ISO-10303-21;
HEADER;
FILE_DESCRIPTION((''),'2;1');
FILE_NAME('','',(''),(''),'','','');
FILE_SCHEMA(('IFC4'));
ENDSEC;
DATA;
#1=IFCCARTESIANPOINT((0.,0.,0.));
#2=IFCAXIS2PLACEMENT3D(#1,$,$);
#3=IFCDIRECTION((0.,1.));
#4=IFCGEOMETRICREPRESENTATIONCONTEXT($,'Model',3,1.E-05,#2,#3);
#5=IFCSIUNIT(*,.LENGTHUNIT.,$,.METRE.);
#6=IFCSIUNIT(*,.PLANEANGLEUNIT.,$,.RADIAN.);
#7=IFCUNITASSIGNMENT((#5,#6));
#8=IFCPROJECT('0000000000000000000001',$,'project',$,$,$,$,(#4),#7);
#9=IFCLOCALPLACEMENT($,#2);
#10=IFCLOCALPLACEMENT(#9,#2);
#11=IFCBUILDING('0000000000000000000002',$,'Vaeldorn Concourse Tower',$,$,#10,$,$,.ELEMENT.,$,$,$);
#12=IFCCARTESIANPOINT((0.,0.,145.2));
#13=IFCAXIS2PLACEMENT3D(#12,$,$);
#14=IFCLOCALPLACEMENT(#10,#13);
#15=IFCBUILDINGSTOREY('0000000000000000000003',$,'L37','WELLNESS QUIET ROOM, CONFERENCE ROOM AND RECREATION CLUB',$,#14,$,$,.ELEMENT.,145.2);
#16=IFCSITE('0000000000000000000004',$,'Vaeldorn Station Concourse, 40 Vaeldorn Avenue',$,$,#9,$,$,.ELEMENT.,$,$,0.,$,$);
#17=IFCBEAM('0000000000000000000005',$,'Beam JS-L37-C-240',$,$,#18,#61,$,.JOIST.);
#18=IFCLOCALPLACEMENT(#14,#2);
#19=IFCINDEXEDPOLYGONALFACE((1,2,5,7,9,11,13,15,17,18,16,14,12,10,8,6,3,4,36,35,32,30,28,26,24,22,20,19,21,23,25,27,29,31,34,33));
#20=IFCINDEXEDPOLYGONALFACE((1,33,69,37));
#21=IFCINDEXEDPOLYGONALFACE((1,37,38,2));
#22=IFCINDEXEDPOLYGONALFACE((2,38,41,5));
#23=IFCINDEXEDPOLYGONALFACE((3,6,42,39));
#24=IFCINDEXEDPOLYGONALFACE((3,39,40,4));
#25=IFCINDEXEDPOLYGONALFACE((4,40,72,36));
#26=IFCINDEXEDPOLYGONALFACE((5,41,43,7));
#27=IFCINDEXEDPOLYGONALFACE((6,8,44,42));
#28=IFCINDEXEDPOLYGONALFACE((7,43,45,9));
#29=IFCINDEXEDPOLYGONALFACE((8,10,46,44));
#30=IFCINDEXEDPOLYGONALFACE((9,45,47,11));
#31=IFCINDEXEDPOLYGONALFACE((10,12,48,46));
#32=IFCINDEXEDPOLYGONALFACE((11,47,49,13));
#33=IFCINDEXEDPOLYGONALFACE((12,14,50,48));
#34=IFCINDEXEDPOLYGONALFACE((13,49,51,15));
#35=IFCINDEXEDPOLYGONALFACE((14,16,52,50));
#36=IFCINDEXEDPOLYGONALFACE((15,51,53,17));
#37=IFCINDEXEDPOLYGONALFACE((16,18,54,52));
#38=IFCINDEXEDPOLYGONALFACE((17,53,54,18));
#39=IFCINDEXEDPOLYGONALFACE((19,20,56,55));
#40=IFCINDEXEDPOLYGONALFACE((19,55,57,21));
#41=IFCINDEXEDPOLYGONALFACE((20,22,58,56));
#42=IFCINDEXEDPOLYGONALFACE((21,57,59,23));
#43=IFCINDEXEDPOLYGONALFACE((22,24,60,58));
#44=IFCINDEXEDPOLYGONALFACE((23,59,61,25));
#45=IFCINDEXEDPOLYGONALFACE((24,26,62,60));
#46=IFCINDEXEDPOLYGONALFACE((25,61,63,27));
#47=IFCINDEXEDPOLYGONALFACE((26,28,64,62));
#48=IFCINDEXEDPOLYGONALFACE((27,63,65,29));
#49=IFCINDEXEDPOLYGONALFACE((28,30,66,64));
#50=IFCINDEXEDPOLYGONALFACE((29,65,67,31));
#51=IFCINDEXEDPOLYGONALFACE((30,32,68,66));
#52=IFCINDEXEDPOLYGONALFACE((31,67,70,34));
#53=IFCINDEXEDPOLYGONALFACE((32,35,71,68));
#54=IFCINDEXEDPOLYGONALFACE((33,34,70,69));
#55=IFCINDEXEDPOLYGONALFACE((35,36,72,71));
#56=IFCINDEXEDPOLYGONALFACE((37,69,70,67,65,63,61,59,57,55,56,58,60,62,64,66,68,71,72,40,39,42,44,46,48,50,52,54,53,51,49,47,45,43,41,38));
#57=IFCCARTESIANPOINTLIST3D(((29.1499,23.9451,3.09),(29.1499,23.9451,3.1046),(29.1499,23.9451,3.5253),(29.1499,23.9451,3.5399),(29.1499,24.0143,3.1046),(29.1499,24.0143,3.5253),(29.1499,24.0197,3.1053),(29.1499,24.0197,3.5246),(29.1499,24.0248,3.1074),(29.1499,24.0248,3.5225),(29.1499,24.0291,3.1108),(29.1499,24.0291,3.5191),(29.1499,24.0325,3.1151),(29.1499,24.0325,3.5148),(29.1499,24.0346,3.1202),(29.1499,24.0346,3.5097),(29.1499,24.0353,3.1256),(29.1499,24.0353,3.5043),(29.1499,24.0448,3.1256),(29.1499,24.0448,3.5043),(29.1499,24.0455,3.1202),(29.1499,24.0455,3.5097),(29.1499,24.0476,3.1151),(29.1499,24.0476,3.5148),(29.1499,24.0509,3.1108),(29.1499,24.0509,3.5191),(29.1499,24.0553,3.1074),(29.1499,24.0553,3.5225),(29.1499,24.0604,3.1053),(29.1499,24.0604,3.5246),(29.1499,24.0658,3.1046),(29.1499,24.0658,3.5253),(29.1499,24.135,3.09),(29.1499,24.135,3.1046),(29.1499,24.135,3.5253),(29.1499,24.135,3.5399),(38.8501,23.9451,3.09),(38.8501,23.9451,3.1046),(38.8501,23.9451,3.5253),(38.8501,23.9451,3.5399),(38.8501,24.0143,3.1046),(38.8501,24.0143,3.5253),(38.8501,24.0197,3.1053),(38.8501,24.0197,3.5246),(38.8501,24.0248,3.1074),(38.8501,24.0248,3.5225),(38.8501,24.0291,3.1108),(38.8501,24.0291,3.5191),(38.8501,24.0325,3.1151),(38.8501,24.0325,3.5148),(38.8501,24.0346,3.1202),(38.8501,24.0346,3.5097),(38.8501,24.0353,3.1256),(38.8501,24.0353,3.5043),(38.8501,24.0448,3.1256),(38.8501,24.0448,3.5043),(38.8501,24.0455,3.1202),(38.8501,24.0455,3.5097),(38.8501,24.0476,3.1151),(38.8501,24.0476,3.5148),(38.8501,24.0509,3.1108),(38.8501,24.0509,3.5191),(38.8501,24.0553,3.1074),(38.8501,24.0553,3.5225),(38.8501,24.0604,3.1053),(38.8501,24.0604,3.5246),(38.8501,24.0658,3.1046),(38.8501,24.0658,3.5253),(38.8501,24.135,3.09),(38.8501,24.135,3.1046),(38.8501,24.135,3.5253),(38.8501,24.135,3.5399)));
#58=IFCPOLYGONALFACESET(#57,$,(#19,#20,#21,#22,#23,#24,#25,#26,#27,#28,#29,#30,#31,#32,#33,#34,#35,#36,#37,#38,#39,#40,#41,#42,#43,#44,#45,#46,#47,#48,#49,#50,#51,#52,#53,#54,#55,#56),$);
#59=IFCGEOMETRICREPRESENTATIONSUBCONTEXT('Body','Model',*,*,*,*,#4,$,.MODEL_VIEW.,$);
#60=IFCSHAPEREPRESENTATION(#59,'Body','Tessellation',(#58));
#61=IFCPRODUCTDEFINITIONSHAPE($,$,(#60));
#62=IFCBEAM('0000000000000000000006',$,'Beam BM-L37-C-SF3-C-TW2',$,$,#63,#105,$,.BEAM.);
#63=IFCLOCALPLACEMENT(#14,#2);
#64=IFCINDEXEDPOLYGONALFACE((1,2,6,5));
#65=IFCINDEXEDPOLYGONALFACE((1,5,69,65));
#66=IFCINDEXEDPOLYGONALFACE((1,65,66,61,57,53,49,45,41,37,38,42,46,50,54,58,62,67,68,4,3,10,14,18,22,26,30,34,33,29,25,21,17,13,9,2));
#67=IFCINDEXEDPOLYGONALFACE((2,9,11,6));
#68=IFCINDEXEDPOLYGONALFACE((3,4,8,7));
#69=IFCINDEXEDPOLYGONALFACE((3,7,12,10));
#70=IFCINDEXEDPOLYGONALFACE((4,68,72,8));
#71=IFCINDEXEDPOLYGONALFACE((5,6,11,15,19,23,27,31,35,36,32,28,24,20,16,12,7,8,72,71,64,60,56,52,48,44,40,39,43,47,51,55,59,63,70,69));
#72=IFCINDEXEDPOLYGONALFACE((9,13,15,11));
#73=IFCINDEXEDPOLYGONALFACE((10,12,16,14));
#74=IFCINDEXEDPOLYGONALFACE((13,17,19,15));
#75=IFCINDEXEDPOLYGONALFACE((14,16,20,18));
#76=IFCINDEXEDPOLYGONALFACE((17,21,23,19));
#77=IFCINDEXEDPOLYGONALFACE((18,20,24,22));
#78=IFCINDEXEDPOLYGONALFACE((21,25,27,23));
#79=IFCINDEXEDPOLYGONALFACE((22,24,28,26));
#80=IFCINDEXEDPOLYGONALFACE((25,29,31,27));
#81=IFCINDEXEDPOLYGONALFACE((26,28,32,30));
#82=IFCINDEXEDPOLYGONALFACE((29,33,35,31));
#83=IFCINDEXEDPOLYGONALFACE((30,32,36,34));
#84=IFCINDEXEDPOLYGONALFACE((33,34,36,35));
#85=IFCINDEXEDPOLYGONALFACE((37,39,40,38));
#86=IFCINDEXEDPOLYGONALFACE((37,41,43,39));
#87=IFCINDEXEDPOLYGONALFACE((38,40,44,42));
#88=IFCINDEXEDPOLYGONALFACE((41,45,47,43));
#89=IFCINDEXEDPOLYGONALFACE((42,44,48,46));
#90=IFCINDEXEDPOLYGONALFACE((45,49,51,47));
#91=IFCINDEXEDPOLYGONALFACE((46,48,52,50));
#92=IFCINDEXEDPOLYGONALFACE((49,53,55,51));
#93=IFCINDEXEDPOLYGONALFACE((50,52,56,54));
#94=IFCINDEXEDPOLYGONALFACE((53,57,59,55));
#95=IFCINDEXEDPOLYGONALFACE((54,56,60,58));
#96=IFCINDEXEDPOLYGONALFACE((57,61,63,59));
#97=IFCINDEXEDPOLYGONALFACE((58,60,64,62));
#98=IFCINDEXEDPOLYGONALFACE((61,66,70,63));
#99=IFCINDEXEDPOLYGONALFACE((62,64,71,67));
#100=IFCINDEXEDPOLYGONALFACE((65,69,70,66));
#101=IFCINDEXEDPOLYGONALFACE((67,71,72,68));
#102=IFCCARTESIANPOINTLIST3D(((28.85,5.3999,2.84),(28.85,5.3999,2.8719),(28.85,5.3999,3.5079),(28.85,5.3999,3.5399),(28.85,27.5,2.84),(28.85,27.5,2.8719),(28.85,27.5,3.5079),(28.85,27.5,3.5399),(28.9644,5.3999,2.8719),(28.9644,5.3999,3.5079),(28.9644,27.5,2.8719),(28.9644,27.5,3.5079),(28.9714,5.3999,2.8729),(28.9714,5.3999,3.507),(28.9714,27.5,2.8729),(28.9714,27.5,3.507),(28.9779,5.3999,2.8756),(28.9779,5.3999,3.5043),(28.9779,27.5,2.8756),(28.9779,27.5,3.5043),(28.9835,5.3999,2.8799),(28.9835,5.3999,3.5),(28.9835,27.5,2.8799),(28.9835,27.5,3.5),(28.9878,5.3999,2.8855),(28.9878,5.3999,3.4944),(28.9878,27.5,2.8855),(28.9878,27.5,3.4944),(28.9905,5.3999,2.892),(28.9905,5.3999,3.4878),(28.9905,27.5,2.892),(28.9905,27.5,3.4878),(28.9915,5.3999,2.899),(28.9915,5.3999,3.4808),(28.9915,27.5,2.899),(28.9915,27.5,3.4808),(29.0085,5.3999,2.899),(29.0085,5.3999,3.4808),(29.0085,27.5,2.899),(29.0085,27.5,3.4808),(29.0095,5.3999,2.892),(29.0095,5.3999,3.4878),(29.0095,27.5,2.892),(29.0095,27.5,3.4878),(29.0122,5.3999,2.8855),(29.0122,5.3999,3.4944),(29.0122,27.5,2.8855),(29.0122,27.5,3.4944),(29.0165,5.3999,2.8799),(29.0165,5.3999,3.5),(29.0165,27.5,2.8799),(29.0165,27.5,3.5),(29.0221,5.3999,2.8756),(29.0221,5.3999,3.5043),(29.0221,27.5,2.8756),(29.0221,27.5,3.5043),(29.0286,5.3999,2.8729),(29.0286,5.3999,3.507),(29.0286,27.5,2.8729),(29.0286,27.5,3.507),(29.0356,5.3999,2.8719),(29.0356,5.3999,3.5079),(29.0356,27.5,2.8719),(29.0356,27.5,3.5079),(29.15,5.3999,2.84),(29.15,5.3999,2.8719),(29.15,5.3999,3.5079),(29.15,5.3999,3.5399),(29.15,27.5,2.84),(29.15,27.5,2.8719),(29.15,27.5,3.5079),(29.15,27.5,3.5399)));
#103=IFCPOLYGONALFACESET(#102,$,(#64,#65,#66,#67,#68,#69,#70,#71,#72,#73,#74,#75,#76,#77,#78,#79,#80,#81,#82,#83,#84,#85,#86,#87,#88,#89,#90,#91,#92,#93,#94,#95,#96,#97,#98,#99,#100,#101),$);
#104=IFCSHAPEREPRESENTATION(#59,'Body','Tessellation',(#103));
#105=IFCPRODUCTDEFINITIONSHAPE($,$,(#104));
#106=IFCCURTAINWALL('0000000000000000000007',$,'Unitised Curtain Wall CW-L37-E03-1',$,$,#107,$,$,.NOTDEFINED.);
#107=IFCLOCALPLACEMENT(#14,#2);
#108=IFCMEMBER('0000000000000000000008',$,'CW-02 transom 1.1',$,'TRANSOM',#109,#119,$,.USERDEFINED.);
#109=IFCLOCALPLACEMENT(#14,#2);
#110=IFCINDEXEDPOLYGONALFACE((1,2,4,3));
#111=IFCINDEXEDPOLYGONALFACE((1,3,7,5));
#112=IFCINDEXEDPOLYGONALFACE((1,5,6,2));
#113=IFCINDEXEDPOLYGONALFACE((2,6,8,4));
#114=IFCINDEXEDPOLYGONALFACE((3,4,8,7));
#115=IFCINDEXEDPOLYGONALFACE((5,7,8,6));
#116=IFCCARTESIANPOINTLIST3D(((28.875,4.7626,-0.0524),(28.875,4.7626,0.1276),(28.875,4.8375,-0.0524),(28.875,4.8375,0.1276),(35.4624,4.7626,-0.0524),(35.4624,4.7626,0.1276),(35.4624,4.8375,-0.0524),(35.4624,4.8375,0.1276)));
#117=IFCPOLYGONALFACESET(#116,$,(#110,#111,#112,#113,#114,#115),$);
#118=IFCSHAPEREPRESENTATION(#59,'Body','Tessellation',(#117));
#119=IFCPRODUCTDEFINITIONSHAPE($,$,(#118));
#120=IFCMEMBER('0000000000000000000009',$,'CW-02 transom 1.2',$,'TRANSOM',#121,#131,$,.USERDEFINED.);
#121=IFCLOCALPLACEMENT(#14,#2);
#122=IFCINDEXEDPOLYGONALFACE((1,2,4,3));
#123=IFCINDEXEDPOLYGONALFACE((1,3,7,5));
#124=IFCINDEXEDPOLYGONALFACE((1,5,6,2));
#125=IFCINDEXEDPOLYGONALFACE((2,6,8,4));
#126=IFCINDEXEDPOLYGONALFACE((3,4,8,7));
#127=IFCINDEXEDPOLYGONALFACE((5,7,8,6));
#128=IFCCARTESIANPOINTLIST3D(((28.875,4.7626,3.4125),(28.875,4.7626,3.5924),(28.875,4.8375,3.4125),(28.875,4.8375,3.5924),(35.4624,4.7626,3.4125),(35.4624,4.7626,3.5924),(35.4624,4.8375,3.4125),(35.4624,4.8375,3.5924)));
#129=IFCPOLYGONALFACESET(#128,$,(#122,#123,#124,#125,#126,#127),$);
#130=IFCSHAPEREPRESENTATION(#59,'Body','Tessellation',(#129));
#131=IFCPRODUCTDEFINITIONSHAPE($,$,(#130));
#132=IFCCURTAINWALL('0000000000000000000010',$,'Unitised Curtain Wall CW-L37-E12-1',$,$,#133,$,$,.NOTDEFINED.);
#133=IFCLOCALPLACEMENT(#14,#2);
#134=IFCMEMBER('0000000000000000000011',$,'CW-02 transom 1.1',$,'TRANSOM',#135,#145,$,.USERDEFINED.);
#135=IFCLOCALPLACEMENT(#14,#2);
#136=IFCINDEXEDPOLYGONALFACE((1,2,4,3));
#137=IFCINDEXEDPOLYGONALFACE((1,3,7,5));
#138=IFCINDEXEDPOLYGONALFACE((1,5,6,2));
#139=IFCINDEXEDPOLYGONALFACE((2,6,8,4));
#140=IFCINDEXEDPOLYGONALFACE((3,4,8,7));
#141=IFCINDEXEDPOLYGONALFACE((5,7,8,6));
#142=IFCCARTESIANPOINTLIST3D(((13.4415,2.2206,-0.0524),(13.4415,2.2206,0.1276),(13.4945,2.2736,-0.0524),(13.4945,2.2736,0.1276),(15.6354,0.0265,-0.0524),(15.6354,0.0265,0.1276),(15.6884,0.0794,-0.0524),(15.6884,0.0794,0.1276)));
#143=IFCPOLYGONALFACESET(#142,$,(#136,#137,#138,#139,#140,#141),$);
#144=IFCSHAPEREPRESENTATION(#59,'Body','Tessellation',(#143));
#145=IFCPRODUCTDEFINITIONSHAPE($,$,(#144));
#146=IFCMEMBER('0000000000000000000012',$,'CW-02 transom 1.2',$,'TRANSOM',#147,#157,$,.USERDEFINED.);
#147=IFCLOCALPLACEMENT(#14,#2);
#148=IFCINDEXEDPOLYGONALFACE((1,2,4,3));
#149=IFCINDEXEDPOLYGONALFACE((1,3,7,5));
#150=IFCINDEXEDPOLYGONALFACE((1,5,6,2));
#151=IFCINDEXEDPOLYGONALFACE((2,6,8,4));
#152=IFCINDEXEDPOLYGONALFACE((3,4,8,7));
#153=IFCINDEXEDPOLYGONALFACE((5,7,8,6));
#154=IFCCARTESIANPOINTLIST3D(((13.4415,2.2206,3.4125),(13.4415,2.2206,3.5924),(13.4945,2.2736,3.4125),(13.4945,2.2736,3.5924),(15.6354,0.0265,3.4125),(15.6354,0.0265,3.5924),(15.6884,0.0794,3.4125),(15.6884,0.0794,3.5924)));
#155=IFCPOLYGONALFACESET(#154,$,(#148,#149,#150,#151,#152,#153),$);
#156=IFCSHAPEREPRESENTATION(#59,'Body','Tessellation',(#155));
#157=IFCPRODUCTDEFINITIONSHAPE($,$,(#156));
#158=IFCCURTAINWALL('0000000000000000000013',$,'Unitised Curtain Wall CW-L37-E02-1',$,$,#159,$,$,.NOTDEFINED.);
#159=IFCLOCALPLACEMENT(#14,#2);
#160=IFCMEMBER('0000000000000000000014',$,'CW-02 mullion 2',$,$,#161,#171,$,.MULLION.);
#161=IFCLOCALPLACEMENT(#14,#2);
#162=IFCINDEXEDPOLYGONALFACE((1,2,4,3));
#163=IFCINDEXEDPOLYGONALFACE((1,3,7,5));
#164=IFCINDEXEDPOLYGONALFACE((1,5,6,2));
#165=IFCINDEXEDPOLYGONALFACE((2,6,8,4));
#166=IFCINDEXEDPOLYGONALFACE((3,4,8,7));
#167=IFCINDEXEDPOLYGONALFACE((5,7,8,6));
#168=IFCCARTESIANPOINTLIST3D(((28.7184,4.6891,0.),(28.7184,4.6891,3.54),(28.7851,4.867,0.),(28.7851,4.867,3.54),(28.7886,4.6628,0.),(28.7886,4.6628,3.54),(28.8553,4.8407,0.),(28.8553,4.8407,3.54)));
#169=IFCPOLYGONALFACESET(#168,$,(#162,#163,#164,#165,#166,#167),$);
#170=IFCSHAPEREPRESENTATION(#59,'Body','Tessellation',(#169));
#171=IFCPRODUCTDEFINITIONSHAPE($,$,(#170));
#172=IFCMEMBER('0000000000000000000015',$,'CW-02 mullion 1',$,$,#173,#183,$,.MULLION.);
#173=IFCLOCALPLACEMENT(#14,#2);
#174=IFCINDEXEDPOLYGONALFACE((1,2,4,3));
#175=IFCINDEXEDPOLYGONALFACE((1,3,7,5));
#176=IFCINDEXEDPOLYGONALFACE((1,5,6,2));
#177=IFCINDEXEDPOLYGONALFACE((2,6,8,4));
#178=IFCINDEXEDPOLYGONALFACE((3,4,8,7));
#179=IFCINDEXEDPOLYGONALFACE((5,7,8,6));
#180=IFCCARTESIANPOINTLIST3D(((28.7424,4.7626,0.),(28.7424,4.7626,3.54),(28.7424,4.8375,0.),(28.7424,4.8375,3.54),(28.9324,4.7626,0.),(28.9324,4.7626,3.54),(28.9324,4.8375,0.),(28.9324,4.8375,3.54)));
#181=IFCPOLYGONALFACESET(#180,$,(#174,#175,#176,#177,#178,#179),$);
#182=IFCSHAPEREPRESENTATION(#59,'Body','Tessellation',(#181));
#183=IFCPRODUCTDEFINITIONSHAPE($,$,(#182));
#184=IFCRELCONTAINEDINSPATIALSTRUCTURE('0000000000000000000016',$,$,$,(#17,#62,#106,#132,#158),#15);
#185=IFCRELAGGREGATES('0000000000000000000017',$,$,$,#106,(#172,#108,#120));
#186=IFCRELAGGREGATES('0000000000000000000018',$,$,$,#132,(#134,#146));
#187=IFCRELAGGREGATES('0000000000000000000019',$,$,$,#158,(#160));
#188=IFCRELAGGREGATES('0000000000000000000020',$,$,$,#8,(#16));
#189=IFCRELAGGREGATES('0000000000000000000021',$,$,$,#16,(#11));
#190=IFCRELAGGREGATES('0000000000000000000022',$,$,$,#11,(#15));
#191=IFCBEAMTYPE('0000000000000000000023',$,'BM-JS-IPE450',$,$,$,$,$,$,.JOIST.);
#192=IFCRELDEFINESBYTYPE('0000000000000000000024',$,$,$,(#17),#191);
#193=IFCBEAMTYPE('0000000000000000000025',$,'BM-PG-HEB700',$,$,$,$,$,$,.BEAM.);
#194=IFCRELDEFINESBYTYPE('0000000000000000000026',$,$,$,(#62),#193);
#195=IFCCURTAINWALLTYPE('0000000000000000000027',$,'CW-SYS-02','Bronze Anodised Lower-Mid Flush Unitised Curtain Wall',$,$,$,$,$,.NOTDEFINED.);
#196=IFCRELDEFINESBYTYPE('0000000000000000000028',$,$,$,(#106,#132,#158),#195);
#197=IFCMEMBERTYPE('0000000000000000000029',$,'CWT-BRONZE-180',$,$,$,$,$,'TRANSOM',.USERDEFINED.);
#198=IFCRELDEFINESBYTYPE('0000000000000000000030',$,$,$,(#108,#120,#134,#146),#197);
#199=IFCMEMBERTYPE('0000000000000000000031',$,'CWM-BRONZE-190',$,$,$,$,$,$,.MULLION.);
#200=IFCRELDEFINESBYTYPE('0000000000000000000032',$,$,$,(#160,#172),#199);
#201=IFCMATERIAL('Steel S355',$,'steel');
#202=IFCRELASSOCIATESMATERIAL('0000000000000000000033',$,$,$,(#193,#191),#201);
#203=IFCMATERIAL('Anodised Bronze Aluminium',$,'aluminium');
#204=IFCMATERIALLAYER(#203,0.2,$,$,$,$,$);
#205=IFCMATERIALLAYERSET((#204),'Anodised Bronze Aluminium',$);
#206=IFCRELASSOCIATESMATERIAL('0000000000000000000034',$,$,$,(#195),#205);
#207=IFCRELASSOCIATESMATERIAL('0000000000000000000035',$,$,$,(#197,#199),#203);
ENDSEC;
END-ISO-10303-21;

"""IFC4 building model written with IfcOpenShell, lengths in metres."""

from ifc_helpers import new_model, si_unit, direction, frame, origin, origin_2d, place, context, subcontext, project, spatial, rectangle, i_section, extrude, source, transform, mapped, material, layer, layer_set, material_profile, profile_set, type_object, element, aggregate, save


model = new_model("IFC4")

# Units and contexts
model_context = context("Model", 3, precision=1e-05, world=origin(), true_north=direction((0.0, 1.0)))
body_context = subcontext(model_context, "Body", "Model", "MODEL_VIEW")
ifc_project = project(units=[si_unit("LENGTHUNIT", "METRE"), si_unit("PLANEANGLEUNIT", "RADIAN")], contexts=[model_context])

# Site, building, storey
site_placement = place(None, origin())
site = spatial("IfcSite", under=ifc_project, at=site_placement, Name="Vaeldorn Station Concourse, 40 Vaeldorn Avenue", CompositionType="ELEMENT", RefElevation=0.0)
building_placement = place(site_placement, origin())
building = spatial("IfcBuilding", under=site, at=building_placement, Name="Vaeldorn Concourse Tower", CompositionType="ELEMENT")
storey_placement = place(building_placement, frame((0.0, 0.0, 145.2)))
storey = spatial("IfcBuildingStorey", under=building, at=storey_placement, Name="L37", Description="WELLNESS QUIET ROOM, CONFERENCE ROOM AND RECREATION CLUB", CompositionType="ELEMENT", Elevation=145.2)

# Beams
ifc_material_1 = material(Name="Steel S355", Category="steel")
ifc_material_profile_1 = material_profile(ifc_material_1, i_section(OverallWidth=0.3, OverallDepth=0.7, WebThickness=0.0171, FlangeThickness=0.032, FilletRadius=0.0271, at=origin_2d()), Name="HEB 700")
ifc_profile_set_1 = profile_set([ifc_material_profile_1], Name="Steel S355")
beam_type_1 = type_object("IfcBeamType", Name="BM-PG-HEB700", PredefinedType="BEAM", material=ifc_profile_set_1)
ifc_material_profile_2 = material_profile(ifc_material_1, i_section(OverallWidth=0.1899, OverallDepth=0.45, WebThickness=0.0095, FlangeThickness=0.0146, FilletRadius=0.021, at=origin_2d()), Name="IPE 450")
ifc_profile_set_2 = profile_set([ifc_material_profile_2], Name="Steel S355")
beam_type_2 = type_object("IfcBeamType", Name="BM-JS-IPE450", PredefinedType="JOIST", material=ifc_profile_set_2)
shared_shape_1 = source(origin(), body_context, "Body", "SweptSolid", [
    extrude(i_section(OverallWidth=0.1899, OverallDepth=0.45, WebThickness=0.0095, FlangeThickness=0.0146, FilletRadius=0.021, at=origin_2d()), origin(), (0.0, 0.0, 1.0), 9.7002),
])
for number, where, z_axis, x_axis, name in (
    (1, (29.1499, 24.04, 3.3149), (1.0, 0.0, 0.0), (0.0, 1.0, 0.0), "Beam JS-L37-C-240"),
):
    element("IfcBeam", number, at=place(storey_placement, frame(where, z_axis=z_axis, x_axis=x_axis)), inside=storey, type_object=beam_type_2, Name=name, PredefinedType="JOIST", context=body_context, shape_type="MappedRepresentation", body=[
        mapped(shared_shape_1, transform((0.0, 0.0, 0.0), scale=1.0)),
    ])
shared_shape_2 = source(origin(), body_context, "Body", "SweptSolid", [
    extrude(i_section(OverallWidth=0.3, OverallDepth=0.7, WebThickness=0.0171, FlangeThickness=0.032, FilletRadius=0.0271, at=origin_2d()), origin(), (0.0, 0.0, 1.0), 22.1001),
])
beam_1_placement = place(storey_placement, frame((29.0, 5.3999, 3.1899), z_axis=(0.0, 1.0, 0.0), x_axis=(-1.0, 0.0, 0.0)))
element("IfcBeam", 2, at=beam_1_placement, inside=storey, type_object=beam_type_1, Name="Beam BM-L37-C-SF3-C-TW2", PredefinedType="BEAM", context=body_context, shape_type="MappedRepresentation", body=[
    mapped(shared_shape_2, transform((0.0, 0.0, 0.0), scale=1.0)),
])

# Curtain walls, members
ifc_material_2 = material(Name="Anodised Bronze Aluminium", Category="aluminium")
ifc_layer_1 = layer(ifc_material_2, 0.2)
ifc_layer_set_1 = layer_set([ifc_layer_1], Name="Anodised Bronze Aluminium")
curtain_wall_type = type_object("IfcCurtainWallType", Name="CW-SYS-02", Description="Bronze Anodised Lower-Mid Flush Unitised Curtain Wall", PredefinedType="NOTDEFINED", material=ifc_layer_set_1)
curtain_wall_1_placement = place(storey_placement, origin())
curtain_wall_1 = element("IfcCurtainWall", 3, at=curtain_wall_1_placement, inside=storey, type_object=curtain_wall_type, Name="Unitised Curtain Wall CW-L37-E03-1", PredefinedType="NOTDEFINED")
ifc_material_profile_3 = material_profile(ifc_material_2, rectangle(XDim=0.075, YDim=0.1799, at=origin_2d()), Name="CWT 75x180")
ifc_profile_set_3 = profile_set([ifc_material_profile_3], Name="Anodised Bronze Aluminium")
member_type_1 = type_object("IfcMemberType", Name="CWT-BRONZE-180", ElementType="TRANSOM", PredefinedType="USERDEFINED", material=ifc_profile_set_3)
shared_shape_3 = source(origin(), body_context, "Body", "SweptSolid", [
    extrude(rectangle(XDim=0.075, YDim=0.1799, at=origin_2d()), origin(), (0.0, 0.0, 1.0), 6.5874),
])
member_1_placement = place(storey_placement, frame((28.875, 4.8, 0.0376), z_axis=(1.0, 0.0, 0.0), x_axis=(0.0, 1.0, 0.0)))
member_1 = element("IfcMember", 4, at=member_1_placement, type_object=member_type_1, Name="CW-02 transom 1.1", ObjectType="TRANSOM", PredefinedType="USERDEFINED", context=body_context, shape_type="MappedRepresentation", body=[
    mapped(shared_shape_3, transform((0.0, 0.0, 0.0), scale=1.0)),
])
member_2_placement = place(storey_placement, frame((28.875, 4.8, 3.5024), z_axis=(1.0, 0.0, 0.0), x_axis=(0.0, 1.0, 0.0)))
member_2 = element("IfcMember", 5, at=member_2_placement, type_object=member_type_1, Name="CW-02 transom 1.2", ObjectType="TRANSOM", PredefinedType="USERDEFINED", context=body_context, shape_type="MappedRepresentation", body=[
    mapped(shared_shape_3, transform((0.0, 0.0, 0.0), scale=1.0)),
])
curtain_wall_2_placement = place(storey_placement, origin())
curtain_wall_2 = element("IfcCurtainWall", 6, at=curtain_wall_2_placement, inside=storey, type_object=curtain_wall_type, Name="Unitised Curtain Wall CW-L37-E12-1", PredefinedType="NOTDEFINED")
shared_shape_4 = source(origin(), body_context, "Body", "SweptSolid", [
    extrude(rectangle(XDim=0.075, YDim=0.1799, at=origin_2d()), origin(), (0.0, 0.0, 1.0), 3.1028),
])
member_3_placement = place(storey_placement, frame((13.468, 2.2471, 0.0376), z_axis=(0.707067, -0.707146, 0.0), x_axis=(0.707146, 0.707067, 0.0)))
member_3 = element("IfcMember", 7, at=member_3_placement, type_object=member_type_1, Name="CW-02 transom 1.1", ObjectType="TRANSOM", PredefinedType="USERDEFINED", context=body_context, shape_type="MappedRepresentation", body=[
    mapped(shared_shape_4, transform((0.0, 0.0, 0.0), scale=1.0)),
])
member_4_placement = place(storey_placement, frame((13.468, 2.2471, 3.5024), z_axis=(0.707067, -0.707146, 0.0), x_axis=(0.707146, 0.707067, 0.0)))
member_4 = element("IfcMember", 8, at=member_4_placement, type_object=member_type_1, Name="CW-02 transom 1.2", ObjectType="TRANSOM", PredefinedType="USERDEFINED", context=body_context, shape_type="MappedRepresentation", body=[
    mapped(shared_shape_4, transform((0.0, 0.0, 0.0), scale=1.0)),
])

# Curtain wall, member
curtain_wall_3_placement = place(storey_placement, origin())
curtain_wall_3 = element("IfcCurtainWall", 9, at=curtain_wall_3_placement, inside=storey, type_object=curtain_wall_type, Name="Unitised Curtain Wall CW-L37-E02-1", PredefinedType="NOTDEFINED")
ifc_material_profile_4 = material_profile(ifc_material_2, rectangle(XDim=0.075, YDim=0.1899, at=origin_2d()), Name="CWM 75x190")
ifc_profile_set_4 = profile_set([ifc_material_profile_4], Name="Anodised Bronze Aluminium")
member_type_2 = type_object("IfcMemberType", Name="CWM-BRONZE-190", PredefinedType="MULLION", material=ifc_profile_set_4)
shared_shape_5 = source(origin(), body_context, "Body", "SweptSolid", [
    extrude(rectangle(XDim=0.075, YDim=0.1899, at=origin_2d()), origin(), (0.0, 0.0, 1.0), 3.54),
])
member_5_placement = place(storey_placement, frame((28.7869, 4.7649, 0.0), z_axis=(0.0, 0.0, 1.0), x_axis=(-0.936329, 0.351123, 0.0)))
member_5 = element("IfcMember", 10, at=member_5_placement, type_object=member_type_2, Name="CW-02 mullion 2", PredefinedType="MULLION", context=body_context, shape_type="MappedRepresentation", body=[
    mapped(shared_shape_5, transform((0.0, 0.0, 0.0), scale=1.0)),
])

# Member
member_6_placement = place(storey_placement, frame((28.8374, 4.8, 0.0), z_axis=(0.0, 0.0, 1.0), x_axis=(0.0, 1.0, 0.0)))
member_6 = element("IfcMember", 11, at=member_6_placement, type_object=member_type_2, Name="CW-02 mullion 1", PredefinedType="MULLION", context=body_context, shape_type="MappedRepresentation", body=[
    mapped(shared_shape_5, transform((0.0, 0.0, 0.0), scale=1.0)),
])
aggregate(curtain_wall_1, [member_6, member_1, member_2])

aggregate(curtain_wall_2, [member_3, member_4])

aggregate(curtain_wall_3, [member_5])

save(model, "model.ifc")
